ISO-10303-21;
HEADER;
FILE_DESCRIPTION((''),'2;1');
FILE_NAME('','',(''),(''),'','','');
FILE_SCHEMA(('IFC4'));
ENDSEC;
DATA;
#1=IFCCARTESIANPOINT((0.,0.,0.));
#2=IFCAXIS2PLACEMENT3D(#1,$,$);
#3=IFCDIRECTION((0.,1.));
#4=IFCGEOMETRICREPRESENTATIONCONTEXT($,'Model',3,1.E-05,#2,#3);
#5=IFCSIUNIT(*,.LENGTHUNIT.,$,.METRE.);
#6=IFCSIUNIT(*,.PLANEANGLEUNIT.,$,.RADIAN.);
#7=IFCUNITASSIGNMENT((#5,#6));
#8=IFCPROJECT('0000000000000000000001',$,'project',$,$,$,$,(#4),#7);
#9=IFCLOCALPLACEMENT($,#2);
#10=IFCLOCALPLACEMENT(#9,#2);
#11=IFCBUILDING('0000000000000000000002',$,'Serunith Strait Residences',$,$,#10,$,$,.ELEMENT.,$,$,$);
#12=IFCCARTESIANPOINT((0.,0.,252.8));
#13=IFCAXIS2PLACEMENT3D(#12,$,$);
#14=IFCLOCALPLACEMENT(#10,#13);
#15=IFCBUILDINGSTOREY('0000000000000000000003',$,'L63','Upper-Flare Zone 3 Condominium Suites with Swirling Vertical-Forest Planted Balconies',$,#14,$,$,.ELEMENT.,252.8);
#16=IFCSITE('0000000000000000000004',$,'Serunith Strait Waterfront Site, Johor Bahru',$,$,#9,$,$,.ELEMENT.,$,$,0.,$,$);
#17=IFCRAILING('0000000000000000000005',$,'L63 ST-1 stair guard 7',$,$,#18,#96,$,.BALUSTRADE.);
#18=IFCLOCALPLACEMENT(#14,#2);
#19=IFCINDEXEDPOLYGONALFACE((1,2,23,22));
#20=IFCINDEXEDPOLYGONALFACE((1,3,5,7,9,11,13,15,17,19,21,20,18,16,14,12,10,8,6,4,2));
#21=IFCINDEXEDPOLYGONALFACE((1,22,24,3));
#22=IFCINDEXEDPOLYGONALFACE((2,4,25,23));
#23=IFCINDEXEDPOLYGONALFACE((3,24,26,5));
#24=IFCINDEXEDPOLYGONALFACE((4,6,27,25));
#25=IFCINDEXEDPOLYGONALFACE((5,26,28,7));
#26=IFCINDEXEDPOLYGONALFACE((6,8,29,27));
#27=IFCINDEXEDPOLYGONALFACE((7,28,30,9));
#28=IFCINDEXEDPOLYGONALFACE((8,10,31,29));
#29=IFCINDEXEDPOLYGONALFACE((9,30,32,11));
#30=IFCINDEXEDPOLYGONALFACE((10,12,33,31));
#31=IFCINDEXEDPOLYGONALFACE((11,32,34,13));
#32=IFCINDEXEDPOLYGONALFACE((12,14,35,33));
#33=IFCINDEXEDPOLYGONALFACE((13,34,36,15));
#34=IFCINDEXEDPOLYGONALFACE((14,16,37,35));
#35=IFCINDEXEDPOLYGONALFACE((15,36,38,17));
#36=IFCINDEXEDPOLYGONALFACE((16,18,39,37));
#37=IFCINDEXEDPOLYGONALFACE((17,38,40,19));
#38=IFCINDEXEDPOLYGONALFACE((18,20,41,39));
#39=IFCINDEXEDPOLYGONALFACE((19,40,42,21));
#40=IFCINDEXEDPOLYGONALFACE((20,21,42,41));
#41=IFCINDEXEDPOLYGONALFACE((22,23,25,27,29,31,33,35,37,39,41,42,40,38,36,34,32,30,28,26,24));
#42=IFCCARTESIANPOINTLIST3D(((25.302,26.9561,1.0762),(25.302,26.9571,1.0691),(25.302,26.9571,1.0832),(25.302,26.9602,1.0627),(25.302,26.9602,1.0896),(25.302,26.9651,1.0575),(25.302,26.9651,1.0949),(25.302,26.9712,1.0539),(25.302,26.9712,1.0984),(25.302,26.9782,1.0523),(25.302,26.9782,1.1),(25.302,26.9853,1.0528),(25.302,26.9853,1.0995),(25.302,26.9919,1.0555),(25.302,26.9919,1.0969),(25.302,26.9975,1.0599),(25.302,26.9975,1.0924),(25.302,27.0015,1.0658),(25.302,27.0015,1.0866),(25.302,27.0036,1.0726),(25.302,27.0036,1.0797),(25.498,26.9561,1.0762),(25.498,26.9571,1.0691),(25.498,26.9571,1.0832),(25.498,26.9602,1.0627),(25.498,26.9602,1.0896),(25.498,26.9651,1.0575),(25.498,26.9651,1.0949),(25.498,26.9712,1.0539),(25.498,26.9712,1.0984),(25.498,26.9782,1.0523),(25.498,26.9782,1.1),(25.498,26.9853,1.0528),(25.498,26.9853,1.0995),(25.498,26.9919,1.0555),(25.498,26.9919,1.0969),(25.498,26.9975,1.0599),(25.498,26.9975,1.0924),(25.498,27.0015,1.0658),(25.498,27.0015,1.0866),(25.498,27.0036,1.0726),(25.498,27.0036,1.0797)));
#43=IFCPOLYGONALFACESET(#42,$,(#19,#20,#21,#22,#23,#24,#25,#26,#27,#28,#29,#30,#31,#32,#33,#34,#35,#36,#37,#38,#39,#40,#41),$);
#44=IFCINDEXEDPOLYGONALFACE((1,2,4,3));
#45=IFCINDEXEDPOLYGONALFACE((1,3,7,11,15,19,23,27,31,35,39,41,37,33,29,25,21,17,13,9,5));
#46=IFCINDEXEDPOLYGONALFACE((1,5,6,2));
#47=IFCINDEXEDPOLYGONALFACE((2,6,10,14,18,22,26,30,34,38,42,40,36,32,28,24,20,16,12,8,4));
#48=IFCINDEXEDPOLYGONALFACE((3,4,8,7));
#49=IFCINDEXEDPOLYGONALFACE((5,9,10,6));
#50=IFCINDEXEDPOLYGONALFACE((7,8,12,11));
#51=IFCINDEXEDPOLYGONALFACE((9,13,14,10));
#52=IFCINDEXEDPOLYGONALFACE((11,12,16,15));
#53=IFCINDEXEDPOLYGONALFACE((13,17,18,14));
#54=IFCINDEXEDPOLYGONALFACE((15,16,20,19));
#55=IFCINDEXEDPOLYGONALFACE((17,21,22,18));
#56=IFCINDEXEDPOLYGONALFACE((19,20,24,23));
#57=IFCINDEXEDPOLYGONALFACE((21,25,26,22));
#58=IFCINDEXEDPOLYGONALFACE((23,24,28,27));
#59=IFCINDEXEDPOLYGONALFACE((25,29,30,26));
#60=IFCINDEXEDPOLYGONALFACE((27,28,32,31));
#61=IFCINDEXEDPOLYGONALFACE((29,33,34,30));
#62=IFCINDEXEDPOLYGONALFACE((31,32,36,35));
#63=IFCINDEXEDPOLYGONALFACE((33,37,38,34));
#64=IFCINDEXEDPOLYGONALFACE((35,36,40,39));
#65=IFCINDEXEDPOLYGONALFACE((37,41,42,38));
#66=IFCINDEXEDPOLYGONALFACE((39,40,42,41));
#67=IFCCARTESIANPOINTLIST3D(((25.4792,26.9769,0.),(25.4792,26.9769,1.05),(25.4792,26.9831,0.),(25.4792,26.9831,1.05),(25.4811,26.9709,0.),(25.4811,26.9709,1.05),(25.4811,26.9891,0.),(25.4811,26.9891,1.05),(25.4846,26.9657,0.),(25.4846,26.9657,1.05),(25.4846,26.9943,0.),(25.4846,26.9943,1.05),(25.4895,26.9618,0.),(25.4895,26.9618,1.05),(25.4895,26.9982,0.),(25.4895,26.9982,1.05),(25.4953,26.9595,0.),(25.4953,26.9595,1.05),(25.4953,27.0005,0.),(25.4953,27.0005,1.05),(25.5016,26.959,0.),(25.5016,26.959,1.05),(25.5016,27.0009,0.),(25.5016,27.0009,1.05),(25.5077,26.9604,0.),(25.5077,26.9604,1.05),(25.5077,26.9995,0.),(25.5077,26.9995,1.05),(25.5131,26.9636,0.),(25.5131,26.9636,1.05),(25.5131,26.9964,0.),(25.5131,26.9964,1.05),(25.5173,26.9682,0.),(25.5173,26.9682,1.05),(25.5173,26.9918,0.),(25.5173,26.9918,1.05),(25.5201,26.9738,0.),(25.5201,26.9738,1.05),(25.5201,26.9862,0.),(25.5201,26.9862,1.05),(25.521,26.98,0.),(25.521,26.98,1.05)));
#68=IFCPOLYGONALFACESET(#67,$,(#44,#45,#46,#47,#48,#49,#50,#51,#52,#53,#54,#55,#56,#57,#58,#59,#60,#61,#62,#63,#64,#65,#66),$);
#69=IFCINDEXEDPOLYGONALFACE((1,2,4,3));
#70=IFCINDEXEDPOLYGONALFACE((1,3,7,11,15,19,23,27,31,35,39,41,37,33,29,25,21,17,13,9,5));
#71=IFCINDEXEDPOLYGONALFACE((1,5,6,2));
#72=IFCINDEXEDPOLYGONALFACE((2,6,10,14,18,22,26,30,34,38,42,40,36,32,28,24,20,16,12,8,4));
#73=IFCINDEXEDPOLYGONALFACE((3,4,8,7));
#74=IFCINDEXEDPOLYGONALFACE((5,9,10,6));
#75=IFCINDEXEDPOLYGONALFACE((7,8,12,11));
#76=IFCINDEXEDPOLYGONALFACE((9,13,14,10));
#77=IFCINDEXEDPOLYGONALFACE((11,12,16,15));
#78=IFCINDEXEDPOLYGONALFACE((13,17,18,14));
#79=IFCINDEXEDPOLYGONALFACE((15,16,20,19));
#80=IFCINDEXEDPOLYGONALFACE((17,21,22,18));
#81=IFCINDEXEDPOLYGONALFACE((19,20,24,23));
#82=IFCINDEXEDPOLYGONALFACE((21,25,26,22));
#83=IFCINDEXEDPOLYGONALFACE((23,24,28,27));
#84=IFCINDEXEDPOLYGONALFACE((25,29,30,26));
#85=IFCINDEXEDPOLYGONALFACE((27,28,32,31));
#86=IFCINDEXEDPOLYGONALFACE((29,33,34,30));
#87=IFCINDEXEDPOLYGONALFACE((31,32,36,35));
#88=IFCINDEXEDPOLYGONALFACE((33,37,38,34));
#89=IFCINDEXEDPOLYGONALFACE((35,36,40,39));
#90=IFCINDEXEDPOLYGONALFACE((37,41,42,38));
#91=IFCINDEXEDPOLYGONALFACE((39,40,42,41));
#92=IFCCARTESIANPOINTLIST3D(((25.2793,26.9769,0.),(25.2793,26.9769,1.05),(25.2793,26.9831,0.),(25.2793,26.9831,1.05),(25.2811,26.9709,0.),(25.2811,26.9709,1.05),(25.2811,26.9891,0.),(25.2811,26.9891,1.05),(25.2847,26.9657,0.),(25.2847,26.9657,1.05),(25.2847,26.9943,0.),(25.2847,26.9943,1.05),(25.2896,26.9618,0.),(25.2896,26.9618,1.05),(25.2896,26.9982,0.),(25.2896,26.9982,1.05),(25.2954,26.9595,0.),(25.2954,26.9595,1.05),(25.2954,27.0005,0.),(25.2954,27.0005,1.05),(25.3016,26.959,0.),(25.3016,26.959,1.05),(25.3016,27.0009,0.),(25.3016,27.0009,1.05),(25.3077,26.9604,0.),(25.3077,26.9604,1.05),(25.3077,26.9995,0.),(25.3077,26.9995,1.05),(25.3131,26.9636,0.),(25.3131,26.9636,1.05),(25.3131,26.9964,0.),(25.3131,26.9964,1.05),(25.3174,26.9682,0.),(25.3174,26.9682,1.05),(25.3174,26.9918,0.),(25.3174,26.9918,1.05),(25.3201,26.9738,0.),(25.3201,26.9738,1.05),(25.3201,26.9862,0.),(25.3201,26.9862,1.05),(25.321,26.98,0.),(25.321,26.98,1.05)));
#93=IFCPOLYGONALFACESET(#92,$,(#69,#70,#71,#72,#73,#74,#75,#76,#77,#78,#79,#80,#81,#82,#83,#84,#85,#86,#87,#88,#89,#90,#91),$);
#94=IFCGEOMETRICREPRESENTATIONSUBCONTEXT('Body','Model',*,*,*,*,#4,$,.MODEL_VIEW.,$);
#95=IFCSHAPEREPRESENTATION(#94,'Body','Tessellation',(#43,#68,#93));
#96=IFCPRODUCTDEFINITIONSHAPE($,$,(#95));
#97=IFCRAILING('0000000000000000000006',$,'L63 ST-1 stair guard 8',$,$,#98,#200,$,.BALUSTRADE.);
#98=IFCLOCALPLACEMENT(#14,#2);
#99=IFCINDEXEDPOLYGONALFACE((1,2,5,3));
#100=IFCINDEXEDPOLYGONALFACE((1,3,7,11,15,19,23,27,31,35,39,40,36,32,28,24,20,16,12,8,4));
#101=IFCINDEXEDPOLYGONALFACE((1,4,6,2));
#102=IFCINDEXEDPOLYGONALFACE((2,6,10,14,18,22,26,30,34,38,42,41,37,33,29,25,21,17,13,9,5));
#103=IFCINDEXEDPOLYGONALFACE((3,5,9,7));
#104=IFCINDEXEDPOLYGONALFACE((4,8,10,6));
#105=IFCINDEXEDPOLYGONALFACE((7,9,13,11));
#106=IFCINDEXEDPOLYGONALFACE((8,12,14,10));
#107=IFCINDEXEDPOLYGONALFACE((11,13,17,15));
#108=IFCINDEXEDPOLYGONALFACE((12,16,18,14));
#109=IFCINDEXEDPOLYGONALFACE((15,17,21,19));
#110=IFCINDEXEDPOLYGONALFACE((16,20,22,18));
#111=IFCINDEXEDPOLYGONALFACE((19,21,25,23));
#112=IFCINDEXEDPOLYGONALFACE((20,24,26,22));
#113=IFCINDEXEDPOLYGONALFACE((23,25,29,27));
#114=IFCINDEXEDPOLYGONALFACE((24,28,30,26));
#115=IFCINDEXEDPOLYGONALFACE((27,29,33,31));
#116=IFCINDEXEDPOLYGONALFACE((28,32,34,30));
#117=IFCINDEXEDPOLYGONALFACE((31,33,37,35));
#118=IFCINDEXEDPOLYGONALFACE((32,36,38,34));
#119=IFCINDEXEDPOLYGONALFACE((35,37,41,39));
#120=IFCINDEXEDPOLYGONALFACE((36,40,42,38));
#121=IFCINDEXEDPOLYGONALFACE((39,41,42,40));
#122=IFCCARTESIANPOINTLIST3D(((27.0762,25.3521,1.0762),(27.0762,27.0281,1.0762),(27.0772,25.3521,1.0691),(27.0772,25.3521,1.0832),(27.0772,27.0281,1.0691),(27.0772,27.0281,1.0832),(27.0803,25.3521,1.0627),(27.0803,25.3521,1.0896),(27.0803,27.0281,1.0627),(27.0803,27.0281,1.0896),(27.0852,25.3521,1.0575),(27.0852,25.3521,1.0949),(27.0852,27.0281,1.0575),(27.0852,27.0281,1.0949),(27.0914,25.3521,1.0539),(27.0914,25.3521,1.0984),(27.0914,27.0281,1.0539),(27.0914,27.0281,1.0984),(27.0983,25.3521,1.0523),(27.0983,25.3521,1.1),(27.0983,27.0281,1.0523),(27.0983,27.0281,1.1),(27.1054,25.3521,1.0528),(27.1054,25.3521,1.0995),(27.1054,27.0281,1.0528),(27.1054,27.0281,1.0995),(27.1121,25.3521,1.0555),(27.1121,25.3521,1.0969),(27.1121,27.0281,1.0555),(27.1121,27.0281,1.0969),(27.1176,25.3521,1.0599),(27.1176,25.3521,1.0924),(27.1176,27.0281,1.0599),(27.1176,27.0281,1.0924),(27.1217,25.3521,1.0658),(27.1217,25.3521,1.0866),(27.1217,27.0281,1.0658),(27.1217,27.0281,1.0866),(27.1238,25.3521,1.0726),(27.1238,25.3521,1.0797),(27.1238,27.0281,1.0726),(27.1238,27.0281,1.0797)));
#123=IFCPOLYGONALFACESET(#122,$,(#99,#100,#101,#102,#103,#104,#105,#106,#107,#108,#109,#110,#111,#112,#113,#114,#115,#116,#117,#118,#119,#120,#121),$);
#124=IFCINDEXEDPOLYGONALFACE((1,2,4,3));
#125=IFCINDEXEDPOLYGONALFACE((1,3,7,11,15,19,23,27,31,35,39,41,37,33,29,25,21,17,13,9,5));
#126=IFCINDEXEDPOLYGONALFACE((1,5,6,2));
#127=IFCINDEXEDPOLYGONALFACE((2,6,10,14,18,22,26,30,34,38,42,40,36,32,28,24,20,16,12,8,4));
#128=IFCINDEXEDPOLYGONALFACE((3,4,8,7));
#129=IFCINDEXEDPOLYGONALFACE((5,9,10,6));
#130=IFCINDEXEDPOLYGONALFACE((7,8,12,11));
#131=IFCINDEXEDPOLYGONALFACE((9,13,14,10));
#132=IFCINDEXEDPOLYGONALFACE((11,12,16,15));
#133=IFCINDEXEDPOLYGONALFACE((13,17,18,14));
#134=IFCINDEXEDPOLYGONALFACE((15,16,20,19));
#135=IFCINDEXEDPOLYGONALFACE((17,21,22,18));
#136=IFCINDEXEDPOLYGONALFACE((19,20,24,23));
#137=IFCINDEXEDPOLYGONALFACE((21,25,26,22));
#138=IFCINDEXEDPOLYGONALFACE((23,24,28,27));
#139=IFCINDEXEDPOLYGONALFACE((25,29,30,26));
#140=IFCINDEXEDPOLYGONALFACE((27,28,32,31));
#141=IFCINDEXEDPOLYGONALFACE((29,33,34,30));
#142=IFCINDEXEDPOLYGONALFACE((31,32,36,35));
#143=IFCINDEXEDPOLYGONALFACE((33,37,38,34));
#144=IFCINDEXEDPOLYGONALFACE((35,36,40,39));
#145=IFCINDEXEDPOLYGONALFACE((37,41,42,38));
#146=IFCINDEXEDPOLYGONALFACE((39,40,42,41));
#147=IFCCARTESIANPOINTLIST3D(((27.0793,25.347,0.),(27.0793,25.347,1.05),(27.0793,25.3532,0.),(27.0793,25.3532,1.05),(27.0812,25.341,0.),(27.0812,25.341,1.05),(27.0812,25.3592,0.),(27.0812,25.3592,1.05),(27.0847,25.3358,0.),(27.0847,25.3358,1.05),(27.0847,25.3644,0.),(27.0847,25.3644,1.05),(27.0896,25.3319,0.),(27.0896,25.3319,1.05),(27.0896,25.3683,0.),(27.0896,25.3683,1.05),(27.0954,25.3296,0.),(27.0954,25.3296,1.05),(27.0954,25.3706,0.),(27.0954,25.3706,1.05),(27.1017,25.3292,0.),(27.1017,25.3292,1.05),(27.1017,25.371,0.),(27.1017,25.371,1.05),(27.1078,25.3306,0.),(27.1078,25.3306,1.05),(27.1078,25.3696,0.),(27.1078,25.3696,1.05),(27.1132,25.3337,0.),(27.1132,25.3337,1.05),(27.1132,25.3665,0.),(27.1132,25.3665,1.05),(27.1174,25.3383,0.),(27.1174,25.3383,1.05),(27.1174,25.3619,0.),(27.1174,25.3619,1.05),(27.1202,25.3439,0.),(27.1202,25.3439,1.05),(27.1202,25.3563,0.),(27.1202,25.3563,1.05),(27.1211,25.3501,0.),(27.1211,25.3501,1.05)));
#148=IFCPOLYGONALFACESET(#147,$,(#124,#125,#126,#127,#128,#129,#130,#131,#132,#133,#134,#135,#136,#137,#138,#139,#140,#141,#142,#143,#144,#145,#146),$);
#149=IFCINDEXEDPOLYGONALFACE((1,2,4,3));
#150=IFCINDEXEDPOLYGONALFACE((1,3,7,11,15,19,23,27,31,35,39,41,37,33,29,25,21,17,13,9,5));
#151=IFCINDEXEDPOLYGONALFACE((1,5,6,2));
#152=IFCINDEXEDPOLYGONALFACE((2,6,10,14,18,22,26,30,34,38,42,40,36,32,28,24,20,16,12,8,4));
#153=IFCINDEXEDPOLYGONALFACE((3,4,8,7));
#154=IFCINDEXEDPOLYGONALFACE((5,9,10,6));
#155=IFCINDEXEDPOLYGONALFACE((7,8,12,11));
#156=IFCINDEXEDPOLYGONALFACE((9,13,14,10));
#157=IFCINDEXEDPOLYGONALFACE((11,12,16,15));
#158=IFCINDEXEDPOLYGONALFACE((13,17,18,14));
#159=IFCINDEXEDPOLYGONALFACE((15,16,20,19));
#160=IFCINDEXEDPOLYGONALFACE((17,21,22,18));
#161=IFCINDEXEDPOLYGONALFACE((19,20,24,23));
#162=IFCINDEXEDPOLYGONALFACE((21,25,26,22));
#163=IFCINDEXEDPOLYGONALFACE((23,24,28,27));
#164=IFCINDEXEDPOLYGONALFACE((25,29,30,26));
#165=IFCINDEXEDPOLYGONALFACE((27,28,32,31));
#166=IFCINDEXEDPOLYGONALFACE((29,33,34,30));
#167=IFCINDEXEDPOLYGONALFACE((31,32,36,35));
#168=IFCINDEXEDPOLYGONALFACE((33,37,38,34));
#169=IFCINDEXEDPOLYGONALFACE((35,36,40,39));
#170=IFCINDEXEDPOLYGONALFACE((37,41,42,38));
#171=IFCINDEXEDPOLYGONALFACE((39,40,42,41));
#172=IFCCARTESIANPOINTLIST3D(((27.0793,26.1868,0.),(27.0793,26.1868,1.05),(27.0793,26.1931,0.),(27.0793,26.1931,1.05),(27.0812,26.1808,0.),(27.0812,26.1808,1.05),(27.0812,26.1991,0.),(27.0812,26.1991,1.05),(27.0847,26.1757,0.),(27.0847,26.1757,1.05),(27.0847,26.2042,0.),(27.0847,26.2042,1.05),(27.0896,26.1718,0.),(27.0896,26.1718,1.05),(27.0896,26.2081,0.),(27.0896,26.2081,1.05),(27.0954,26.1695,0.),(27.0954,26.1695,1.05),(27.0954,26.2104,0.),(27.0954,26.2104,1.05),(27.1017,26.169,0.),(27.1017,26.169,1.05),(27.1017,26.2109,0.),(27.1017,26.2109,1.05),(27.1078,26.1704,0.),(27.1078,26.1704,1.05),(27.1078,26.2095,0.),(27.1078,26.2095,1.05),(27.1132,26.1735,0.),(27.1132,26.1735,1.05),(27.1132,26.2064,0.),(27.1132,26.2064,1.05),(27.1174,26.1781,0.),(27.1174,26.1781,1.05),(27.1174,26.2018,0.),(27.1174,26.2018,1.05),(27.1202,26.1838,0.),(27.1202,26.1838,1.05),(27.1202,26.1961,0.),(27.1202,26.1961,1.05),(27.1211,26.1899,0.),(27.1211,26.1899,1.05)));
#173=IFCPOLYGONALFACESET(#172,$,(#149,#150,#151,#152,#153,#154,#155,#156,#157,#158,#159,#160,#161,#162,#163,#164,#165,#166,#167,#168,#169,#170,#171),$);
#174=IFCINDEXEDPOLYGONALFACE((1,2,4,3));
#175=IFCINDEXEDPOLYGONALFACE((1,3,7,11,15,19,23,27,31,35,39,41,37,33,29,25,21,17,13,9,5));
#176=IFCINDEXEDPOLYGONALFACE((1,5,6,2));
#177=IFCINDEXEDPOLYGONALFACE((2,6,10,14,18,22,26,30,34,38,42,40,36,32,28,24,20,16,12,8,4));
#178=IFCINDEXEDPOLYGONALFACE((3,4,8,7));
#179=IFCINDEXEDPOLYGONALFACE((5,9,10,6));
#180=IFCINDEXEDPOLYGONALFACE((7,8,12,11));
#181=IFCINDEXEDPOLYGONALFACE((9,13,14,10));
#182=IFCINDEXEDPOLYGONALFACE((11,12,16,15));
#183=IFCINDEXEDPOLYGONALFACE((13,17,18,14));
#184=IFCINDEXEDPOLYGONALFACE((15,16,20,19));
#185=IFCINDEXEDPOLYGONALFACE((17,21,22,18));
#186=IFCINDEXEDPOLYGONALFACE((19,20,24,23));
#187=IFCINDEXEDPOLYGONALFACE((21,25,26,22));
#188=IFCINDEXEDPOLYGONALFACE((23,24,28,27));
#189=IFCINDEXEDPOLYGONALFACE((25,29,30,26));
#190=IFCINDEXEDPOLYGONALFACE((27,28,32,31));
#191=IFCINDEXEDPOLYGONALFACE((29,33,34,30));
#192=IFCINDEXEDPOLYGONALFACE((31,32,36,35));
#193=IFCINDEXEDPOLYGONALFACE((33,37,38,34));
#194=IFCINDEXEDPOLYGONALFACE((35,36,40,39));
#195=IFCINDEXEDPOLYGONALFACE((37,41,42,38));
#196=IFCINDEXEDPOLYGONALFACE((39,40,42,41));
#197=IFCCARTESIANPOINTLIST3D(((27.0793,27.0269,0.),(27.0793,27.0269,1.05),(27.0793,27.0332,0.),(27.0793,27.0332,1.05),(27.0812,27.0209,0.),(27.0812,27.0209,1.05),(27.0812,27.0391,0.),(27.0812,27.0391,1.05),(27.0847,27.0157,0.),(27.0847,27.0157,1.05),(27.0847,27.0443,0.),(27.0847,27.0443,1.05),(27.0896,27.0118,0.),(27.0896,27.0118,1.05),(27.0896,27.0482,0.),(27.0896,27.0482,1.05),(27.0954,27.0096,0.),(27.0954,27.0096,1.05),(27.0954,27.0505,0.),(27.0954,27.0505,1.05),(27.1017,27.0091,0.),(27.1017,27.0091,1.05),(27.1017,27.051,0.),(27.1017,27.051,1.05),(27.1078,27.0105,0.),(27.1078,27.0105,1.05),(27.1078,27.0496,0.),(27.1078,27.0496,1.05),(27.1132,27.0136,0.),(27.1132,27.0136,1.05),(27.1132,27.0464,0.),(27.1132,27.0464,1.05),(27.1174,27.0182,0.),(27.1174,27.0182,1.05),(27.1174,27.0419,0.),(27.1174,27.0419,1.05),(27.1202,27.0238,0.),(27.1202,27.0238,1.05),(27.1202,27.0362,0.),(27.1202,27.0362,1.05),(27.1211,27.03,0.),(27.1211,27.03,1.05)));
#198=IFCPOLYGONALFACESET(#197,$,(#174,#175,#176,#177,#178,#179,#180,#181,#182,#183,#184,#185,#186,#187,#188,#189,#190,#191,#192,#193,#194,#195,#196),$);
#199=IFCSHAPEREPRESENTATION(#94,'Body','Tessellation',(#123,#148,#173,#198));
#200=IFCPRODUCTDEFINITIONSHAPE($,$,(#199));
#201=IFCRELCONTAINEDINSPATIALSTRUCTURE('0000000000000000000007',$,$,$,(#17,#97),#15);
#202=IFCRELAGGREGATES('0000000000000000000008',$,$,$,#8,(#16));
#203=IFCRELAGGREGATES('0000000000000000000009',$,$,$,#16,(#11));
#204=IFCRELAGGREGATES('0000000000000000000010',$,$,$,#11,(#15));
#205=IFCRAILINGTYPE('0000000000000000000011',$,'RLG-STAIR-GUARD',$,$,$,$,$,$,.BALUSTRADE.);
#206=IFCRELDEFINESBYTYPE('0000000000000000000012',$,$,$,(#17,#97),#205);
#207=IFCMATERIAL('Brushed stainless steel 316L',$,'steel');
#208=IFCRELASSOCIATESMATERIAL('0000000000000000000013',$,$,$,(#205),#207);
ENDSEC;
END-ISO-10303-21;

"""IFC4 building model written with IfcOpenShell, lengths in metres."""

from ifc_helpers import new_model, si_unit, direction, frame, origin, origin_2d, place, context, subcontext, project, spatial, circle, extrude, material, type_object, element, save


model = new_model("IFC4")

# Units and contexts
model_context = context("Model", 3, precision=1e-05, world=origin(), true_north=direction((0.0, 1.0)))
body_context = subcontext(model_context, "Body", "Model", "MODEL_VIEW")
ifc_project = project(units=[si_unit("LENGTHUNIT", "METRE"), si_unit("PLANEANGLEUNIT", "RADIAN")], contexts=[model_context])

# Site, building, storey
site_placement = place(None, origin())
site = spatial("IfcSite", under=ifc_project, at=site_placement, Name="Serunith Strait Waterfront Site, Johor Bahru", CompositionType="ELEMENT", RefElevation=0.0)
building_placement = place(site_placement, origin())
building = spatial("IfcBuilding", under=site, at=building_placement, Name="Serunith Strait Residences", CompositionType="ELEMENT")
storey_placement = place(building_placement, frame((0.0, 0.0, 252.8)))
storey = spatial("IfcBuildingStorey", under=building, at=storey_placement, Name="L63", Description="Upper-Flare Zone 3 Condominium Suites with Swirling Vertical-Forest Planted Balconies", CompositionType="ELEMENT", Elevation=252.8)

# Railings
ifc_material_1 = material(Name="Brushed stainless steel 316L", Category="steel")
railing_type_1 = type_object("IfcRailingType", Name="RLG-STAIR-GUARD", PredefinedType="BALUSTRADE", material=ifc_material_1)
railing_1_placement = place(storey_placement, frame((25.5, 26.98, 0.0)))
element("IfcRailing", 1, at=railing_1_placement, inside=storey, type_object=railing_type_1, Name="L63 ST-1 stair guard 7", PredefinedType="BALUSTRADE", context=body_context, shape_type="SweptSolid", body=[
    extrude(circle(Radius=0.0239, at=origin_2d()), frame((-0.002, 0.0, 1.0762), z_axis=(-1.0, 0.0, 0.0), x_axis=(0.0, -1.0, 0.0)), (0.0, 0.0, 1.0), 0.196),
    extrude(circle(Radius=0.021, at=origin_2d()), origin(), (0.0, 0.0, 1.0), 1.05),
    extrude(circle(Radius=0.021, at=origin_2d()), frame((-0.2, 0.0, 0.0)), (0.0, 0.0, 1.0), 1.05),
])
for number, where, name in (
    (2, (27.1001, 25.3501, 0.0), "L63 ST-1 stair guard 8"),
):
    element("IfcRailing", number, at=place(storey_placement, frame(where)), inside=storey, type_object=railing_type_1, Name=name, PredefinedType="BALUSTRADE", context=body_context, shape_type="SweptSolid", body=[
        extrude(circle(Radius=0.0239, at=origin_2d()), frame((0.0, 0.002, 1.0762), z_axis=(0.0, 1.0, 0.0), x_axis=(-1.0, 0.0, 0.0)), (0.0, 0.0, 1.0), 1.676),
        extrude(circle(Radius=0.021, at=origin_2d()), origin(), (0.0, 0.0, 1.0), 1.05),
        extrude(circle(Radius=0.021, at=origin_2d()), frame((0.0, 0.8398, 0.0)), (0.0, 0.0, 1.0), 1.05),
        extrude(circle(Radius=0.021, at=origin_2d()), frame((0.0, 1.6799, 0.0)), (0.0, 0.0, 1.0), 1.05),
    ])

save(model, "model.ifc")
